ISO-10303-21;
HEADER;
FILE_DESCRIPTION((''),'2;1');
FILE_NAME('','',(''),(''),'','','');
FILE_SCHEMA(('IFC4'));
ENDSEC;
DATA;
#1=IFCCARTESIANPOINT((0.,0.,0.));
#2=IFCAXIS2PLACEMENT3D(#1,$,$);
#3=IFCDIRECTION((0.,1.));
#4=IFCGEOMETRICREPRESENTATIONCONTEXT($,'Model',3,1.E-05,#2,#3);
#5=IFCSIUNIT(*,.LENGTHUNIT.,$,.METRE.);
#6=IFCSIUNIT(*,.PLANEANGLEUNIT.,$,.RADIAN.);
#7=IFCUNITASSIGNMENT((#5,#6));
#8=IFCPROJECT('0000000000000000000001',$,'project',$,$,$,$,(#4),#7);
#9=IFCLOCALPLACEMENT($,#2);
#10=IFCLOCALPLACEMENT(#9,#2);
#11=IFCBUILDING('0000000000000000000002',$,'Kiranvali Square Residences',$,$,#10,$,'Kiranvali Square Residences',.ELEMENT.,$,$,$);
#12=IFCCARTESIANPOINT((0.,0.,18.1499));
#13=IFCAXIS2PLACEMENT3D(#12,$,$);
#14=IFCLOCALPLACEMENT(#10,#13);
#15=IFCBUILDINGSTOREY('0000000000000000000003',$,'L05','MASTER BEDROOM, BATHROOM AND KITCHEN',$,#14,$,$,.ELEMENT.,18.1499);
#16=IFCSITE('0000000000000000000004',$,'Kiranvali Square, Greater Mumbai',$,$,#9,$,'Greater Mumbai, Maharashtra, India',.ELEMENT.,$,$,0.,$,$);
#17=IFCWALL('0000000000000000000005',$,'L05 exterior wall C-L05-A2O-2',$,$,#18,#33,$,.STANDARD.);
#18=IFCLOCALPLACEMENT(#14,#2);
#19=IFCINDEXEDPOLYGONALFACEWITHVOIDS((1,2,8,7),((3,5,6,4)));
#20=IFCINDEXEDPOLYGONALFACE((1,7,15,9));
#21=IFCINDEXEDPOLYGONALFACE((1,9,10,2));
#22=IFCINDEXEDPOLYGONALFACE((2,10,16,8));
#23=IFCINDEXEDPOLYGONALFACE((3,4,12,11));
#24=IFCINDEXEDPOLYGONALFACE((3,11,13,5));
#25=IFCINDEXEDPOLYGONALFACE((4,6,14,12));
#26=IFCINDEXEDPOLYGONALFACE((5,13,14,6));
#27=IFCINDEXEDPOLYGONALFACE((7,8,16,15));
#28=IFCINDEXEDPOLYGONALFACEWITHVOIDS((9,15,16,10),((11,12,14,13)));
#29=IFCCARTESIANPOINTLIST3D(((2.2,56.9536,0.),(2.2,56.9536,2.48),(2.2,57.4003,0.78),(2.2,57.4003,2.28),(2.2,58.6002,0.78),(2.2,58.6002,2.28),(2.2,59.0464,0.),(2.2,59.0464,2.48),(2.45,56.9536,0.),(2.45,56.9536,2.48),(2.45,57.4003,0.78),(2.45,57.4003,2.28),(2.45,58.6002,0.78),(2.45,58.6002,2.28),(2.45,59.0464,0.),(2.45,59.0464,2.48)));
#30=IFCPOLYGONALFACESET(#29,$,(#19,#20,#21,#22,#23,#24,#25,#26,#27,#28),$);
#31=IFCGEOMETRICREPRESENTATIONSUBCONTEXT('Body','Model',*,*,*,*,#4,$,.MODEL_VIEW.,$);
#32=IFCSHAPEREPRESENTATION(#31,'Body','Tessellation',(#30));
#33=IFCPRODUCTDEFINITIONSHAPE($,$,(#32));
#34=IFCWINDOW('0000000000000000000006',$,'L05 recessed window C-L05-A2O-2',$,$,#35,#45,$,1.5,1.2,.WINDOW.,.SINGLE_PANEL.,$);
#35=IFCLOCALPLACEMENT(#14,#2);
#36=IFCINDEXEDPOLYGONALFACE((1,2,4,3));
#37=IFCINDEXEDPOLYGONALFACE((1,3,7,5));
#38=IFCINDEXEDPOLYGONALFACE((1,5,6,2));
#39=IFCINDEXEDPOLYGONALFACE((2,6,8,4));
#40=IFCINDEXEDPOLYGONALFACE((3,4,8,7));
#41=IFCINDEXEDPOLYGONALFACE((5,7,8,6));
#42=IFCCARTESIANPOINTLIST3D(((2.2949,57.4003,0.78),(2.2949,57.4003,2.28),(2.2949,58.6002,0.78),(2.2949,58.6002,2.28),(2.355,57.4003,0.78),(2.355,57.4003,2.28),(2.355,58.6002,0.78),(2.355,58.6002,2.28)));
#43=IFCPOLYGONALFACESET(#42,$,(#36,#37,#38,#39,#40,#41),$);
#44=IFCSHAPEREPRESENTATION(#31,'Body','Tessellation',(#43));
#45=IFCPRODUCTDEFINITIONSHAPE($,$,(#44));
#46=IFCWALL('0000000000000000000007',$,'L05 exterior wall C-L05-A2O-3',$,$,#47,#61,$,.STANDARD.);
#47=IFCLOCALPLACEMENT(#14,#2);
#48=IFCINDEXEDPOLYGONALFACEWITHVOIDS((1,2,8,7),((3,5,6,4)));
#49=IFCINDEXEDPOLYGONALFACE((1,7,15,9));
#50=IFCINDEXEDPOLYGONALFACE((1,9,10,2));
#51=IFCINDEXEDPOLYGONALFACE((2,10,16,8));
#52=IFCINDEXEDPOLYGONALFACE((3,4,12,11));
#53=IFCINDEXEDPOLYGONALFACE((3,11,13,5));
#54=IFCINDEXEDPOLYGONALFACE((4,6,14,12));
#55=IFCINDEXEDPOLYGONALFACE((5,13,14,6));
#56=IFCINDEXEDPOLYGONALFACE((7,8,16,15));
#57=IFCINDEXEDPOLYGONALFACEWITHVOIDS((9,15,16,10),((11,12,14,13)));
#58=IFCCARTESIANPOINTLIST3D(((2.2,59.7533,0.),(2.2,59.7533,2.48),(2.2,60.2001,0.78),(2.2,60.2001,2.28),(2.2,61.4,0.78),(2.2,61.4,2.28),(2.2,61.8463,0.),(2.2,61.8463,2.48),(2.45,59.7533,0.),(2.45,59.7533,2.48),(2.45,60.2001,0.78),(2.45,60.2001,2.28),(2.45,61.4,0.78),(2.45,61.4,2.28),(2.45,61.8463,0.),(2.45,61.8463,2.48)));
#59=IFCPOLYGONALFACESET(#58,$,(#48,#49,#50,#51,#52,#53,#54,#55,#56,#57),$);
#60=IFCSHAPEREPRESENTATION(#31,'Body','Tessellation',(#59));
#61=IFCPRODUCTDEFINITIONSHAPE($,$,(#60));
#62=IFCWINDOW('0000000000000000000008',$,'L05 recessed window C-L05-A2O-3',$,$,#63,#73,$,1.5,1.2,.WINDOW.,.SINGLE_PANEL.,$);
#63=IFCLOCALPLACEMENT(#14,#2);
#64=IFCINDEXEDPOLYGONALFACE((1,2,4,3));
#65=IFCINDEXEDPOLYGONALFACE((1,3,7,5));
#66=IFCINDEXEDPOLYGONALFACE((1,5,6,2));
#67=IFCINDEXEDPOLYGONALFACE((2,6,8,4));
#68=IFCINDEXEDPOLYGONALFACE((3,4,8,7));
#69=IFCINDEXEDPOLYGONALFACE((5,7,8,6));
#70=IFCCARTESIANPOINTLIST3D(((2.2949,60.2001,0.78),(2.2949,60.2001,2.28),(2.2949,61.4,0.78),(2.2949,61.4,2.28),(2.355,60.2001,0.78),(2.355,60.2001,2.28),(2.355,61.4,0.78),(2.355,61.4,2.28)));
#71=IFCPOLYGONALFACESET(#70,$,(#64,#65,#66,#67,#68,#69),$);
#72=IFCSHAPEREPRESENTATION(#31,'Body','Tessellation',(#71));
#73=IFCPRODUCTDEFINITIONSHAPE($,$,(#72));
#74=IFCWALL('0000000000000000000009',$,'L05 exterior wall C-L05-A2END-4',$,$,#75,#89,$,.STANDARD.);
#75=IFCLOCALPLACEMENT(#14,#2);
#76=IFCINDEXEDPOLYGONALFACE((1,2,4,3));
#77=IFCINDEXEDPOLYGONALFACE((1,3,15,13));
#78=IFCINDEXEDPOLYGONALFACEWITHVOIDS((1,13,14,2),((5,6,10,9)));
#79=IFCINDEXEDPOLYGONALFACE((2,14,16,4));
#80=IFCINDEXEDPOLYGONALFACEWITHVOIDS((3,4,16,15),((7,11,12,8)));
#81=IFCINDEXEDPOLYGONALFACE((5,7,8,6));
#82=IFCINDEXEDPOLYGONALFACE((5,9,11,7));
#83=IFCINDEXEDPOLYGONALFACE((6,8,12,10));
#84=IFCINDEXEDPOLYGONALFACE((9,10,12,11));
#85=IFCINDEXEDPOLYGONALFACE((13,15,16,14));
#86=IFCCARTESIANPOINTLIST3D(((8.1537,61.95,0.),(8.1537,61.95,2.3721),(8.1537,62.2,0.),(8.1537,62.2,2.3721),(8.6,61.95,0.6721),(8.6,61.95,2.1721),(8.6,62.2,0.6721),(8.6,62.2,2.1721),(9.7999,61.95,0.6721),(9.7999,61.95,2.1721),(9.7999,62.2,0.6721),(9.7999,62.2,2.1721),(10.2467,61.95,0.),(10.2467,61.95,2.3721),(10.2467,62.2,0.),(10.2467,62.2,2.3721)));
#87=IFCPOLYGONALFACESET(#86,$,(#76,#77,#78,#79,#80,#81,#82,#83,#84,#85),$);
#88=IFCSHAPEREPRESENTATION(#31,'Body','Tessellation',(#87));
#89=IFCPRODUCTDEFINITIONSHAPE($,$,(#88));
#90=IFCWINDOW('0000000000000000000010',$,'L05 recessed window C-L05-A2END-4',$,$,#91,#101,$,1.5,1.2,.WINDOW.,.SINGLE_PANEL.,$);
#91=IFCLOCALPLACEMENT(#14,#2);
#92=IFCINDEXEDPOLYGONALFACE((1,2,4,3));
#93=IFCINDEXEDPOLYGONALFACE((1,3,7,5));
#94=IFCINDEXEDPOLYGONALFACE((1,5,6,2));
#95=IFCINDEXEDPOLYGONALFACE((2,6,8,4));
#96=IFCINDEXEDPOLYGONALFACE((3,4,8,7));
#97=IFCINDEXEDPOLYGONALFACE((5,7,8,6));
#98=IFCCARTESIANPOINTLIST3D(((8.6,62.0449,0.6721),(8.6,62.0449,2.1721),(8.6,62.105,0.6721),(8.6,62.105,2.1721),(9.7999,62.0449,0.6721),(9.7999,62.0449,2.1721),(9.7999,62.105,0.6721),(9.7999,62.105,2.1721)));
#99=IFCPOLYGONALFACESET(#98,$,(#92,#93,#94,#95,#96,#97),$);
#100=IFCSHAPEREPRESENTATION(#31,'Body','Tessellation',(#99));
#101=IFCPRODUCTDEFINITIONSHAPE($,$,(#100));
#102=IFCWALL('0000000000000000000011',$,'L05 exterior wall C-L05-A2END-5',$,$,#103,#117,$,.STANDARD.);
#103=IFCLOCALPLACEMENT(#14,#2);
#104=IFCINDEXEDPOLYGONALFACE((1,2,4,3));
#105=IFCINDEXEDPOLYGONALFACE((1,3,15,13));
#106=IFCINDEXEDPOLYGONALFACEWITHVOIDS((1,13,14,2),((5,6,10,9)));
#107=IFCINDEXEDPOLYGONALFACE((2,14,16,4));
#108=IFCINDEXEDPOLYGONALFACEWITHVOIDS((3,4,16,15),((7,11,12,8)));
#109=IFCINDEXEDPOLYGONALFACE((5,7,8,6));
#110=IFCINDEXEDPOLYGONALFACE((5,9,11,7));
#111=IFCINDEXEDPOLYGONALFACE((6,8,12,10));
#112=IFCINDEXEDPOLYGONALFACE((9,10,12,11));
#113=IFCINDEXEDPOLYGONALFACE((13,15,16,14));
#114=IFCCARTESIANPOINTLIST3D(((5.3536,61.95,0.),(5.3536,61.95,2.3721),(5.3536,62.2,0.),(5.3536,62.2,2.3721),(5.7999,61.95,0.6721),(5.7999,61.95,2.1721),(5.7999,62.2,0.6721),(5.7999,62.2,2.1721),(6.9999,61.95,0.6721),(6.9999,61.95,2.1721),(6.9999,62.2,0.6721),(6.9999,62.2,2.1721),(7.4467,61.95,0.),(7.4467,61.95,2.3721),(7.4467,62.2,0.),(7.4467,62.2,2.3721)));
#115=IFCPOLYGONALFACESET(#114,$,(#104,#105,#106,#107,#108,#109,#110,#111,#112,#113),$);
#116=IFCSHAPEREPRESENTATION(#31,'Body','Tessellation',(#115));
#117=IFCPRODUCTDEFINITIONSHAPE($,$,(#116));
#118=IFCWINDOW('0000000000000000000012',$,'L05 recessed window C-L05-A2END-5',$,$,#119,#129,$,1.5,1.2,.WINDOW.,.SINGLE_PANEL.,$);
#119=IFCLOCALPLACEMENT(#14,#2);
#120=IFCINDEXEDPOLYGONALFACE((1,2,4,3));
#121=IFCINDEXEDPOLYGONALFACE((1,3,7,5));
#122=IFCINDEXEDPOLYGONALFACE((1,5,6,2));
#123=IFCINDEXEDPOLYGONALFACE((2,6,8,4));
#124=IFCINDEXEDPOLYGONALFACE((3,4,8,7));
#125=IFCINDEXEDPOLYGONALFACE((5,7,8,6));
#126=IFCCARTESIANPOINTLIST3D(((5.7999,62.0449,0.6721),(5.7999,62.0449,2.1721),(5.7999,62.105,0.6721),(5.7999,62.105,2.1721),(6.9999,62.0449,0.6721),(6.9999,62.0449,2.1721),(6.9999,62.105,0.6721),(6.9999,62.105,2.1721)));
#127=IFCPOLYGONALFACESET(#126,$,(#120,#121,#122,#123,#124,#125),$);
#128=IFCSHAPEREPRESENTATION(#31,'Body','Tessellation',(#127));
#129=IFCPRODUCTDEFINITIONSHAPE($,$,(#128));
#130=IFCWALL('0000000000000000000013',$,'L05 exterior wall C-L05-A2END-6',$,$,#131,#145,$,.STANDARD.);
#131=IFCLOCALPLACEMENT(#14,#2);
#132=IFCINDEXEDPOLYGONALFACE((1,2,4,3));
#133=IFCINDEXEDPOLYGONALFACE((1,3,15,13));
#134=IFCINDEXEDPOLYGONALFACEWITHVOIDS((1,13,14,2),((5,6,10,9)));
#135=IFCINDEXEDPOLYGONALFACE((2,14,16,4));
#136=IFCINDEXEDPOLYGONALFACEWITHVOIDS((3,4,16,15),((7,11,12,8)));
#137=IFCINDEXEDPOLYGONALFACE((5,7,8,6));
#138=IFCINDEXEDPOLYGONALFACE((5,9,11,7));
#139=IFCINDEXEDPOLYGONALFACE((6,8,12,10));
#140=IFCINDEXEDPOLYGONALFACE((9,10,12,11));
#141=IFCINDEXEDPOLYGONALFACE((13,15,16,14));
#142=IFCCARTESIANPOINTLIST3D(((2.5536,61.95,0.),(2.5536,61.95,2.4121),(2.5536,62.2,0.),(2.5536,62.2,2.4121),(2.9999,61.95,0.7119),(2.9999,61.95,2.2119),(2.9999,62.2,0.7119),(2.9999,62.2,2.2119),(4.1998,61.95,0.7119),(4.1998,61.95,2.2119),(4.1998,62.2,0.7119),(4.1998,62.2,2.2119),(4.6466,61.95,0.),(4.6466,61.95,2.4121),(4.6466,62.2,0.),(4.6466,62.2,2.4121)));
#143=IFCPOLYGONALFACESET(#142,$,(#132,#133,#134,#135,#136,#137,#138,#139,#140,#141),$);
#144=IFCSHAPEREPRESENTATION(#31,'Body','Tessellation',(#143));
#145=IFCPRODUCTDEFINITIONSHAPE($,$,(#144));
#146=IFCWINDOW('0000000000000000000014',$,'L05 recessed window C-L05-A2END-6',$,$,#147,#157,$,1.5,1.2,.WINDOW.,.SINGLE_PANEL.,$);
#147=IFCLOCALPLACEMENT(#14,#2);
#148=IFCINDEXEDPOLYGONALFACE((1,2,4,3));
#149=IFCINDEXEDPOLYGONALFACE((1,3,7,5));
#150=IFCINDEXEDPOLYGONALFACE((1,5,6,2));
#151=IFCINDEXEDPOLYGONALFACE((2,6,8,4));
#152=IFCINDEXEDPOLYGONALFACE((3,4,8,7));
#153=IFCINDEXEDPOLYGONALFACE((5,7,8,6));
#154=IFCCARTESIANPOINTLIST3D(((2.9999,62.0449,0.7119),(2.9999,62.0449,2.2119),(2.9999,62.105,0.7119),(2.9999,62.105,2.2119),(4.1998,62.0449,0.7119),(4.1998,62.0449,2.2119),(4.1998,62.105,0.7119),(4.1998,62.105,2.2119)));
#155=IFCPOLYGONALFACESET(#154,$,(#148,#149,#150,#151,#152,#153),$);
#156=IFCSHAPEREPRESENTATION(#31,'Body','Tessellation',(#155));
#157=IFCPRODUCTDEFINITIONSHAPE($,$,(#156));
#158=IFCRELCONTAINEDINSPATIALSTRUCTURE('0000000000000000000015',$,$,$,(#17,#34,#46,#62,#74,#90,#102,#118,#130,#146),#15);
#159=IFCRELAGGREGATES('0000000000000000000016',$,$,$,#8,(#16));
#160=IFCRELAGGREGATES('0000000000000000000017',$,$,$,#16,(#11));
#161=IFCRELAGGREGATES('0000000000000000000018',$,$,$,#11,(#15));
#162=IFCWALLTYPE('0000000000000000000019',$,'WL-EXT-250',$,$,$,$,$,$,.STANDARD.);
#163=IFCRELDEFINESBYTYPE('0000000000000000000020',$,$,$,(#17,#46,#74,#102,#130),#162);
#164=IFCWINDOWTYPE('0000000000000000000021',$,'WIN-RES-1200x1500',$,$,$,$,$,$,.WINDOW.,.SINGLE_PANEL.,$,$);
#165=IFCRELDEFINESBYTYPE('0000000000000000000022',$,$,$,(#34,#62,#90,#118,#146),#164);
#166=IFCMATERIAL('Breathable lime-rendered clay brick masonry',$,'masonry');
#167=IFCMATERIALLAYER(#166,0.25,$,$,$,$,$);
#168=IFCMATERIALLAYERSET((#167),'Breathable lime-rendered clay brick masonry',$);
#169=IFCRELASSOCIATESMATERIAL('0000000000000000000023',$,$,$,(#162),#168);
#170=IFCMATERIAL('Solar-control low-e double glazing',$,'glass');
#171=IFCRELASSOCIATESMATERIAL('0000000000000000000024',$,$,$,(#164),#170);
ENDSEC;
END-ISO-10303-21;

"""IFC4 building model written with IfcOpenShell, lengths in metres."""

from ifc_helpers import new_model, si_unit, direction, frame, frame_2d, origin, place, context, subcontext, project, spatial, rectangle, extrude, material, layer, layer_set, type_object, element, fill, save


model = new_model("IFC4")

# Units and contexts
model_context = context("Model", 3, precision=1e-05, world=origin(), true_north=direction((0.0, 1.0)))
body_context = subcontext(model_context, "Body", "Model", "MODEL_VIEW")
ifc_project = project(units=[si_unit("LENGTHUNIT", "METRE"), si_unit("PLANEANGLEUNIT", "RADIAN")], contexts=[model_context])

# Site, building, storey
site_placement = place(None, origin())
site = spatial("IfcSite", under=ifc_project, at=site_placement, Name="Kiranvali Square, Greater Mumbai", LongName="Greater Mumbai, Maharashtra, India", CompositionType="ELEMENT", RefElevation=0.0)
building_placement = place(site_placement, origin())
building = spatial("IfcBuilding", under=site, at=building_placement, Name="Kiranvali Square Residences", LongName="Kiranvali Square Residences", CompositionType="ELEMENT")
storey_placement = place(building_placement, frame((0.0, 0.0, 18.1499)))
storey = spatial("IfcBuildingStorey", under=building, at=storey_placement, Name="L05", Description="MASTER BEDROOM, BATHROOM AND KITCHEN", CompositionType="ELEMENT", Elevation=18.1499)

# Walls, openings, windows
ifc_material_1 = material(Name="Breathable lime-rendered clay brick masonry", Category="masonry")
ifc_layer = layer(ifc_material_1, 0.25)
ifc_layer_set = layer_set([ifc_layer], Name="Breathable lime-rendered clay brick masonry")
wall_type = type_object("IfcWallType", Name="WL-EXT-250", PredefinedType="STANDARD", material=ifc_layer_set)
wall_1_placement = place(storey_placement, frame((2.325, 56.9536, 0.0), z_axis=(0.0, 0.0, 1.0), x_axis=(0.0, 1.0, 0.0)))
wall_1 = element("IfcWall", 1, at=wall_1_placement, inside=storey, type_object=wall_type, Name="L05 exterior wall C-L05-A2O-2", PredefinedType="STANDARD", context=body_context, shape_type="SweptSolid", body=[
    extrude(rectangle(XDim=2.0928, YDim=0.25, at=frame_2d((1.0464, 0.0))), origin(), (0.0, 0.0, 1.0), 2.48),
])
opening_1_placement = place(wall_1_placement, frame((0.4465, 0.0, 0.78)))
opening_1 = element("IfcOpeningElement", 2, at=opening_1_placement, cuts=wall_1, PredefinedType="OPENING", context=body_context, shape_type="SweptSolid", body=[
    extrude(rectangle(XDim=1.2, YDim=1.5, at=frame_2d((0.6001, 0.75))), frame((0.0, 0.135, 0.0), z_axis=(0.0, -1.0, 0.0), x_axis=(1.0, 0.0, 0.0)), (0.0, 0.0, 1.0), 0.27),
])
ifc_material_2 = material(Name="Solar-control low-e double glazing", Category="glass")
window_type = type_object("IfcWindowType", Name="WIN-RES-1200x1500", PartitioningType="SINGLE_PANEL", PredefinedType="WINDOW", material=ifc_material_2)
window_1_placement = place(opening_1_placement, origin())
window_1 = element("IfcWindow", 3, at=window_1_placement, inside=storey, type_object=window_type, Name="L05 recessed window C-L05-A2O-2", OverallHeight=1.5, OverallWidth=1.2, PartitioningType="SINGLE_PANEL", PredefinedType="WINDOW", context=body_context, shape_type="SweptSolid", body=[
    extrude(rectangle(XDim=1.2, YDim=1.5, at=frame_2d((0.6001, 0.75))), frame((0.0, 0.03, 0.0), z_axis=(0.0, -1.0, 0.0), x_axis=(1.0, 0.0, 0.0)), (0.0, 0.0, 1.0), 0.0601),
])
fill(opening_1, window_1)
wall_2_placement = place(storey_placement, frame((2.325, 59.7534, 0.0), z_axis=(0.0, 0.0, 1.0), x_axis=(0.0, 1.0, 0.0)))
wall_2 = element("IfcWall", 4, at=wall_2_placement, inside=storey, type_object=wall_type, Name="L05 exterior wall C-L05-A2O-3", PredefinedType="STANDARD", context=body_context, shape_type="SweptSolid", body=[
    extrude(rectangle(XDim=2.093, YDim=0.25, at=frame_2d((1.0464, 0.0))), origin(), (0.0, 0.0, 1.0), 2.48),
])
opening_2_placement = place(wall_2_placement, frame((0.4465, 0.0, 0.78)))
opening_2 = element("IfcOpeningElement", 5, at=opening_2_placement, cuts=wall_2, PredefinedType="OPENING", context=body_context, shape_type="SweptSolid", body=[
    extrude(rectangle(XDim=1.2, YDim=1.5, at=frame_2d((0.6001, 0.75))), frame((0.0, 0.135, 0.0), z_axis=(0.0, -1.0, 0.0), x_axis=(1.0, 0.0, 0.0)), (0.0, 0.0, 1.0), 0.27),
])
window_2_placement = place(opening_2_placement, origin())
window_2 = element("IfcWindow", 6, at=window_2_placement, inside=storey, type_object=window_type, Name="L05 recessed window C-L05-A2O-3", OverallHeight=1.5, OverallWidth=1.2, PartitioningType="SINGLE_PANEL", PredefinedType="WINDOW", context=body_context, shape_type="SweptSolid", body=[
    extrude(rectangle(XDim=1.2, YDim=1.5, at=frame_2d((0.6001, 0.75))), frame((0.0, 0.03, 0.0), z_axis=(0.0, -1.0, 0.0), x_axis=(1.0, 0.0, 0.0)), (0.0, 0.0, 1.0), 0.0601),
])
fill(opening_2, window_2)
wall_3_placement = place(storey_placement, frame((10.2466, 62.075, 0.0), z_axis=(0.0, 0.0, 1.0), x_axis=(-1.0, 0.0, 0.0)))
wall_3 = element("IfcWall", 7, at=wall_3_placement, inside=storey, type_object=wall_type, Name="L05 exterior wall C-L05-A2END-4", PredefinedType="STANDARD", context=body_context, shape_type="SweptSolid", body=[
    extrude(rectangle(XDim=2.093, YDim=0.25, at=frame_2d((1.0464, 0.0))), origin(), (0.0, 0.0, 1.0), 2.3721),
])
opening_3_placement = place(wall_3_placement, frame((0.4465, 0.0, 0.6721)))
opening_3 = element("IfcOpeningElement", 8, at=opening_3_placement, cuts=wall_3, PredefinedType="OPENING", context=body_context, shape_type="SweptSolid", body=[
    extrude(rectangle(XDim=1.2, YDim=1.5, at=frame_2d((0.6001, 0.75))), frame((0.0, 0.135, 0.0), z_axis=(0.0, -1.0, 0.0), x_axis=(1.0, 0.0, 0.0)), (0.0, 0.0, 1.0), 0.27),
])
window_3_placement = place(opening_3_placement, origin())
window_3 = element("IfcWindow", 9, at=window_3_placement, inside=storey, type_object=window_type, Name="L05 recessed window C-L05-A2END-4", OverallHeight=1.5, OverallWidth=1.2, PartitioningType="SINGLE_PANEL", PredefinedType="WINDOW", context=body_context, shape_type="SweptSolid", body=[
    extrude(rectangle(XDim=1.2, YDim=1.5, at=frame_2d((0.6001, 0.75))), frame((0.0, 0.03, 0.0), z_axis=(0.0, -1.0, 0.0), x_axis=(1.0, 0.0, 0.0)), (0.0, 0.0, 1.0), 0.0601),
])
fill(opening_3, window_3)
wall_4_placement = place(storey_placement, frame((7.4465, 62.075, 0.0), z_axis=(0.0, 0.0, 1.0), x_axis=(-1.0, 0.0, 0.0)))
wall_4 = element("IfcWall", 10, at=wall_4_placement, inside=storey, type_object=wall_type, Name="L05 exterior wall C-L05-A2END-5", PredefinedType="STANDARD", context=body_context, shape_type="SweptSolid", body=[
    extrude(rectangle(XDim=2.093, YDim=0.25, at=frame_2d((1.0464, 0.0))), origin(), (0.0, 0.0, 1.0), 2.3721),
])
opening_4_placement = place(wall_4_placement, frame((0.4465, 0.0, 0.6721)))
opening_4 = element("IfcOpeningElement", 11, at=opening_4_placement, cuts=wall_4, PredefinedType="OPENING", context=body_context, shape_type="SweptSolid", body=[
    extrude(rectangle(XDim=1.2, YDim=1.5, at=frame_2d((0.6001, 0.75))), frame((0.0, 0.135, 0.0), z_axis=(0.0, -1.0, 0.0), x_axis=(1.0, 0.0, 0.0)), (0.0, 0.0, 1.0), 0.27),
])
window_4_placement = place(opening_4_placement, origin())
window_4 = element("IfcWindow", 12, at=window_4_placement, inside=storey, type_object=window_type, Name="L05 recessed window C-L05-A2END-5", OverallHeight=1.5, OverallWidth=1.2, PartitioningType="SINGLE_PANEL", PredefinedType="WINDOW", context=body_context, shape_type="SweptSolid", body=[
    extrude(rectangle(XDim=1.2, YDim=1.5, at=frame_2d((0.6001, 0.75))), frame((0.0, 0.03, 0.0), z_axis=(0.0, -1.0, 0.0), x_axis=(1.0, 0.0, 0.0)), (0.0, 0.0, 1.0), 0.0601),
])
fill(opening_4, window_4)
wall_5_placement = place(storey_placement, frame((4.6465, 62.075, 0.0), z_axis=(0.0, 0.0, 1.0), x_axis=(-1.0, 0.0, 0.0)))
wall_5 = element("IfcWall", 13, at=wall_5_placement, inside=storey, type_object=wall_type, Name="L05 exterior wall C-L05-A2END-6", PredefinedType="STANDARD", context=body_context, shape_type="SweptSolid", body=[
    extrude(rectangle(XDim=2.093, YDim=0.25, at=frame_2d((1.0464, 0.0))), origin(), (0.0, 0.0, 1.0), 2.4121),
])
opening_5_placement = place(wall_5_placement, frame((0.4465, 0.0, 0.7119)))
opening_5 = element("IfcOpeningElement", 14, at=opening_5_placement, cuts=wall_5, PredefinedType="OPENING", context=body_context, shape_type="SweptSolid", body=[
    extrude(rectangle(XDim=1.2, YDim=1.5, at=frame_2d((0.6001, 0.75))), frame((0.0, 0.135, 0.0), z_axis=(0.0, -1.0, 0.0), x_axis=(1.0, 0.0, 0.0)), (0.0, 0.0, 1.0), 0.27),
])
window_5_placement = place(opening_5_placement, origin())
window_5 = element("IfcWindow", 15, at=window_5_placement, inside=storey, type_object=window_type, Name="L05 recessed window C-L05-A2END-6", OverallHeight=1.5, OverallWidth=1.2, PartitioningType="SINGLE_PANEL", PredefinedType="WINDOW", context=body_context, shape_type="SweptSolid", body=[
    extrude(rectangle(XDim=1.2, YDim=1.5, at=frame_2d((0.6001, 0.75))), frame((0.0, 0.03, 0.0), z_axis=(0.0, -1.0, 0.0), x_axis=(1.0, 0.0, 0.0)), (0.0, 0.0, 1.0), 0.0601),
])
fill(opening_5, window_5)

save(model, "model.ifc")
